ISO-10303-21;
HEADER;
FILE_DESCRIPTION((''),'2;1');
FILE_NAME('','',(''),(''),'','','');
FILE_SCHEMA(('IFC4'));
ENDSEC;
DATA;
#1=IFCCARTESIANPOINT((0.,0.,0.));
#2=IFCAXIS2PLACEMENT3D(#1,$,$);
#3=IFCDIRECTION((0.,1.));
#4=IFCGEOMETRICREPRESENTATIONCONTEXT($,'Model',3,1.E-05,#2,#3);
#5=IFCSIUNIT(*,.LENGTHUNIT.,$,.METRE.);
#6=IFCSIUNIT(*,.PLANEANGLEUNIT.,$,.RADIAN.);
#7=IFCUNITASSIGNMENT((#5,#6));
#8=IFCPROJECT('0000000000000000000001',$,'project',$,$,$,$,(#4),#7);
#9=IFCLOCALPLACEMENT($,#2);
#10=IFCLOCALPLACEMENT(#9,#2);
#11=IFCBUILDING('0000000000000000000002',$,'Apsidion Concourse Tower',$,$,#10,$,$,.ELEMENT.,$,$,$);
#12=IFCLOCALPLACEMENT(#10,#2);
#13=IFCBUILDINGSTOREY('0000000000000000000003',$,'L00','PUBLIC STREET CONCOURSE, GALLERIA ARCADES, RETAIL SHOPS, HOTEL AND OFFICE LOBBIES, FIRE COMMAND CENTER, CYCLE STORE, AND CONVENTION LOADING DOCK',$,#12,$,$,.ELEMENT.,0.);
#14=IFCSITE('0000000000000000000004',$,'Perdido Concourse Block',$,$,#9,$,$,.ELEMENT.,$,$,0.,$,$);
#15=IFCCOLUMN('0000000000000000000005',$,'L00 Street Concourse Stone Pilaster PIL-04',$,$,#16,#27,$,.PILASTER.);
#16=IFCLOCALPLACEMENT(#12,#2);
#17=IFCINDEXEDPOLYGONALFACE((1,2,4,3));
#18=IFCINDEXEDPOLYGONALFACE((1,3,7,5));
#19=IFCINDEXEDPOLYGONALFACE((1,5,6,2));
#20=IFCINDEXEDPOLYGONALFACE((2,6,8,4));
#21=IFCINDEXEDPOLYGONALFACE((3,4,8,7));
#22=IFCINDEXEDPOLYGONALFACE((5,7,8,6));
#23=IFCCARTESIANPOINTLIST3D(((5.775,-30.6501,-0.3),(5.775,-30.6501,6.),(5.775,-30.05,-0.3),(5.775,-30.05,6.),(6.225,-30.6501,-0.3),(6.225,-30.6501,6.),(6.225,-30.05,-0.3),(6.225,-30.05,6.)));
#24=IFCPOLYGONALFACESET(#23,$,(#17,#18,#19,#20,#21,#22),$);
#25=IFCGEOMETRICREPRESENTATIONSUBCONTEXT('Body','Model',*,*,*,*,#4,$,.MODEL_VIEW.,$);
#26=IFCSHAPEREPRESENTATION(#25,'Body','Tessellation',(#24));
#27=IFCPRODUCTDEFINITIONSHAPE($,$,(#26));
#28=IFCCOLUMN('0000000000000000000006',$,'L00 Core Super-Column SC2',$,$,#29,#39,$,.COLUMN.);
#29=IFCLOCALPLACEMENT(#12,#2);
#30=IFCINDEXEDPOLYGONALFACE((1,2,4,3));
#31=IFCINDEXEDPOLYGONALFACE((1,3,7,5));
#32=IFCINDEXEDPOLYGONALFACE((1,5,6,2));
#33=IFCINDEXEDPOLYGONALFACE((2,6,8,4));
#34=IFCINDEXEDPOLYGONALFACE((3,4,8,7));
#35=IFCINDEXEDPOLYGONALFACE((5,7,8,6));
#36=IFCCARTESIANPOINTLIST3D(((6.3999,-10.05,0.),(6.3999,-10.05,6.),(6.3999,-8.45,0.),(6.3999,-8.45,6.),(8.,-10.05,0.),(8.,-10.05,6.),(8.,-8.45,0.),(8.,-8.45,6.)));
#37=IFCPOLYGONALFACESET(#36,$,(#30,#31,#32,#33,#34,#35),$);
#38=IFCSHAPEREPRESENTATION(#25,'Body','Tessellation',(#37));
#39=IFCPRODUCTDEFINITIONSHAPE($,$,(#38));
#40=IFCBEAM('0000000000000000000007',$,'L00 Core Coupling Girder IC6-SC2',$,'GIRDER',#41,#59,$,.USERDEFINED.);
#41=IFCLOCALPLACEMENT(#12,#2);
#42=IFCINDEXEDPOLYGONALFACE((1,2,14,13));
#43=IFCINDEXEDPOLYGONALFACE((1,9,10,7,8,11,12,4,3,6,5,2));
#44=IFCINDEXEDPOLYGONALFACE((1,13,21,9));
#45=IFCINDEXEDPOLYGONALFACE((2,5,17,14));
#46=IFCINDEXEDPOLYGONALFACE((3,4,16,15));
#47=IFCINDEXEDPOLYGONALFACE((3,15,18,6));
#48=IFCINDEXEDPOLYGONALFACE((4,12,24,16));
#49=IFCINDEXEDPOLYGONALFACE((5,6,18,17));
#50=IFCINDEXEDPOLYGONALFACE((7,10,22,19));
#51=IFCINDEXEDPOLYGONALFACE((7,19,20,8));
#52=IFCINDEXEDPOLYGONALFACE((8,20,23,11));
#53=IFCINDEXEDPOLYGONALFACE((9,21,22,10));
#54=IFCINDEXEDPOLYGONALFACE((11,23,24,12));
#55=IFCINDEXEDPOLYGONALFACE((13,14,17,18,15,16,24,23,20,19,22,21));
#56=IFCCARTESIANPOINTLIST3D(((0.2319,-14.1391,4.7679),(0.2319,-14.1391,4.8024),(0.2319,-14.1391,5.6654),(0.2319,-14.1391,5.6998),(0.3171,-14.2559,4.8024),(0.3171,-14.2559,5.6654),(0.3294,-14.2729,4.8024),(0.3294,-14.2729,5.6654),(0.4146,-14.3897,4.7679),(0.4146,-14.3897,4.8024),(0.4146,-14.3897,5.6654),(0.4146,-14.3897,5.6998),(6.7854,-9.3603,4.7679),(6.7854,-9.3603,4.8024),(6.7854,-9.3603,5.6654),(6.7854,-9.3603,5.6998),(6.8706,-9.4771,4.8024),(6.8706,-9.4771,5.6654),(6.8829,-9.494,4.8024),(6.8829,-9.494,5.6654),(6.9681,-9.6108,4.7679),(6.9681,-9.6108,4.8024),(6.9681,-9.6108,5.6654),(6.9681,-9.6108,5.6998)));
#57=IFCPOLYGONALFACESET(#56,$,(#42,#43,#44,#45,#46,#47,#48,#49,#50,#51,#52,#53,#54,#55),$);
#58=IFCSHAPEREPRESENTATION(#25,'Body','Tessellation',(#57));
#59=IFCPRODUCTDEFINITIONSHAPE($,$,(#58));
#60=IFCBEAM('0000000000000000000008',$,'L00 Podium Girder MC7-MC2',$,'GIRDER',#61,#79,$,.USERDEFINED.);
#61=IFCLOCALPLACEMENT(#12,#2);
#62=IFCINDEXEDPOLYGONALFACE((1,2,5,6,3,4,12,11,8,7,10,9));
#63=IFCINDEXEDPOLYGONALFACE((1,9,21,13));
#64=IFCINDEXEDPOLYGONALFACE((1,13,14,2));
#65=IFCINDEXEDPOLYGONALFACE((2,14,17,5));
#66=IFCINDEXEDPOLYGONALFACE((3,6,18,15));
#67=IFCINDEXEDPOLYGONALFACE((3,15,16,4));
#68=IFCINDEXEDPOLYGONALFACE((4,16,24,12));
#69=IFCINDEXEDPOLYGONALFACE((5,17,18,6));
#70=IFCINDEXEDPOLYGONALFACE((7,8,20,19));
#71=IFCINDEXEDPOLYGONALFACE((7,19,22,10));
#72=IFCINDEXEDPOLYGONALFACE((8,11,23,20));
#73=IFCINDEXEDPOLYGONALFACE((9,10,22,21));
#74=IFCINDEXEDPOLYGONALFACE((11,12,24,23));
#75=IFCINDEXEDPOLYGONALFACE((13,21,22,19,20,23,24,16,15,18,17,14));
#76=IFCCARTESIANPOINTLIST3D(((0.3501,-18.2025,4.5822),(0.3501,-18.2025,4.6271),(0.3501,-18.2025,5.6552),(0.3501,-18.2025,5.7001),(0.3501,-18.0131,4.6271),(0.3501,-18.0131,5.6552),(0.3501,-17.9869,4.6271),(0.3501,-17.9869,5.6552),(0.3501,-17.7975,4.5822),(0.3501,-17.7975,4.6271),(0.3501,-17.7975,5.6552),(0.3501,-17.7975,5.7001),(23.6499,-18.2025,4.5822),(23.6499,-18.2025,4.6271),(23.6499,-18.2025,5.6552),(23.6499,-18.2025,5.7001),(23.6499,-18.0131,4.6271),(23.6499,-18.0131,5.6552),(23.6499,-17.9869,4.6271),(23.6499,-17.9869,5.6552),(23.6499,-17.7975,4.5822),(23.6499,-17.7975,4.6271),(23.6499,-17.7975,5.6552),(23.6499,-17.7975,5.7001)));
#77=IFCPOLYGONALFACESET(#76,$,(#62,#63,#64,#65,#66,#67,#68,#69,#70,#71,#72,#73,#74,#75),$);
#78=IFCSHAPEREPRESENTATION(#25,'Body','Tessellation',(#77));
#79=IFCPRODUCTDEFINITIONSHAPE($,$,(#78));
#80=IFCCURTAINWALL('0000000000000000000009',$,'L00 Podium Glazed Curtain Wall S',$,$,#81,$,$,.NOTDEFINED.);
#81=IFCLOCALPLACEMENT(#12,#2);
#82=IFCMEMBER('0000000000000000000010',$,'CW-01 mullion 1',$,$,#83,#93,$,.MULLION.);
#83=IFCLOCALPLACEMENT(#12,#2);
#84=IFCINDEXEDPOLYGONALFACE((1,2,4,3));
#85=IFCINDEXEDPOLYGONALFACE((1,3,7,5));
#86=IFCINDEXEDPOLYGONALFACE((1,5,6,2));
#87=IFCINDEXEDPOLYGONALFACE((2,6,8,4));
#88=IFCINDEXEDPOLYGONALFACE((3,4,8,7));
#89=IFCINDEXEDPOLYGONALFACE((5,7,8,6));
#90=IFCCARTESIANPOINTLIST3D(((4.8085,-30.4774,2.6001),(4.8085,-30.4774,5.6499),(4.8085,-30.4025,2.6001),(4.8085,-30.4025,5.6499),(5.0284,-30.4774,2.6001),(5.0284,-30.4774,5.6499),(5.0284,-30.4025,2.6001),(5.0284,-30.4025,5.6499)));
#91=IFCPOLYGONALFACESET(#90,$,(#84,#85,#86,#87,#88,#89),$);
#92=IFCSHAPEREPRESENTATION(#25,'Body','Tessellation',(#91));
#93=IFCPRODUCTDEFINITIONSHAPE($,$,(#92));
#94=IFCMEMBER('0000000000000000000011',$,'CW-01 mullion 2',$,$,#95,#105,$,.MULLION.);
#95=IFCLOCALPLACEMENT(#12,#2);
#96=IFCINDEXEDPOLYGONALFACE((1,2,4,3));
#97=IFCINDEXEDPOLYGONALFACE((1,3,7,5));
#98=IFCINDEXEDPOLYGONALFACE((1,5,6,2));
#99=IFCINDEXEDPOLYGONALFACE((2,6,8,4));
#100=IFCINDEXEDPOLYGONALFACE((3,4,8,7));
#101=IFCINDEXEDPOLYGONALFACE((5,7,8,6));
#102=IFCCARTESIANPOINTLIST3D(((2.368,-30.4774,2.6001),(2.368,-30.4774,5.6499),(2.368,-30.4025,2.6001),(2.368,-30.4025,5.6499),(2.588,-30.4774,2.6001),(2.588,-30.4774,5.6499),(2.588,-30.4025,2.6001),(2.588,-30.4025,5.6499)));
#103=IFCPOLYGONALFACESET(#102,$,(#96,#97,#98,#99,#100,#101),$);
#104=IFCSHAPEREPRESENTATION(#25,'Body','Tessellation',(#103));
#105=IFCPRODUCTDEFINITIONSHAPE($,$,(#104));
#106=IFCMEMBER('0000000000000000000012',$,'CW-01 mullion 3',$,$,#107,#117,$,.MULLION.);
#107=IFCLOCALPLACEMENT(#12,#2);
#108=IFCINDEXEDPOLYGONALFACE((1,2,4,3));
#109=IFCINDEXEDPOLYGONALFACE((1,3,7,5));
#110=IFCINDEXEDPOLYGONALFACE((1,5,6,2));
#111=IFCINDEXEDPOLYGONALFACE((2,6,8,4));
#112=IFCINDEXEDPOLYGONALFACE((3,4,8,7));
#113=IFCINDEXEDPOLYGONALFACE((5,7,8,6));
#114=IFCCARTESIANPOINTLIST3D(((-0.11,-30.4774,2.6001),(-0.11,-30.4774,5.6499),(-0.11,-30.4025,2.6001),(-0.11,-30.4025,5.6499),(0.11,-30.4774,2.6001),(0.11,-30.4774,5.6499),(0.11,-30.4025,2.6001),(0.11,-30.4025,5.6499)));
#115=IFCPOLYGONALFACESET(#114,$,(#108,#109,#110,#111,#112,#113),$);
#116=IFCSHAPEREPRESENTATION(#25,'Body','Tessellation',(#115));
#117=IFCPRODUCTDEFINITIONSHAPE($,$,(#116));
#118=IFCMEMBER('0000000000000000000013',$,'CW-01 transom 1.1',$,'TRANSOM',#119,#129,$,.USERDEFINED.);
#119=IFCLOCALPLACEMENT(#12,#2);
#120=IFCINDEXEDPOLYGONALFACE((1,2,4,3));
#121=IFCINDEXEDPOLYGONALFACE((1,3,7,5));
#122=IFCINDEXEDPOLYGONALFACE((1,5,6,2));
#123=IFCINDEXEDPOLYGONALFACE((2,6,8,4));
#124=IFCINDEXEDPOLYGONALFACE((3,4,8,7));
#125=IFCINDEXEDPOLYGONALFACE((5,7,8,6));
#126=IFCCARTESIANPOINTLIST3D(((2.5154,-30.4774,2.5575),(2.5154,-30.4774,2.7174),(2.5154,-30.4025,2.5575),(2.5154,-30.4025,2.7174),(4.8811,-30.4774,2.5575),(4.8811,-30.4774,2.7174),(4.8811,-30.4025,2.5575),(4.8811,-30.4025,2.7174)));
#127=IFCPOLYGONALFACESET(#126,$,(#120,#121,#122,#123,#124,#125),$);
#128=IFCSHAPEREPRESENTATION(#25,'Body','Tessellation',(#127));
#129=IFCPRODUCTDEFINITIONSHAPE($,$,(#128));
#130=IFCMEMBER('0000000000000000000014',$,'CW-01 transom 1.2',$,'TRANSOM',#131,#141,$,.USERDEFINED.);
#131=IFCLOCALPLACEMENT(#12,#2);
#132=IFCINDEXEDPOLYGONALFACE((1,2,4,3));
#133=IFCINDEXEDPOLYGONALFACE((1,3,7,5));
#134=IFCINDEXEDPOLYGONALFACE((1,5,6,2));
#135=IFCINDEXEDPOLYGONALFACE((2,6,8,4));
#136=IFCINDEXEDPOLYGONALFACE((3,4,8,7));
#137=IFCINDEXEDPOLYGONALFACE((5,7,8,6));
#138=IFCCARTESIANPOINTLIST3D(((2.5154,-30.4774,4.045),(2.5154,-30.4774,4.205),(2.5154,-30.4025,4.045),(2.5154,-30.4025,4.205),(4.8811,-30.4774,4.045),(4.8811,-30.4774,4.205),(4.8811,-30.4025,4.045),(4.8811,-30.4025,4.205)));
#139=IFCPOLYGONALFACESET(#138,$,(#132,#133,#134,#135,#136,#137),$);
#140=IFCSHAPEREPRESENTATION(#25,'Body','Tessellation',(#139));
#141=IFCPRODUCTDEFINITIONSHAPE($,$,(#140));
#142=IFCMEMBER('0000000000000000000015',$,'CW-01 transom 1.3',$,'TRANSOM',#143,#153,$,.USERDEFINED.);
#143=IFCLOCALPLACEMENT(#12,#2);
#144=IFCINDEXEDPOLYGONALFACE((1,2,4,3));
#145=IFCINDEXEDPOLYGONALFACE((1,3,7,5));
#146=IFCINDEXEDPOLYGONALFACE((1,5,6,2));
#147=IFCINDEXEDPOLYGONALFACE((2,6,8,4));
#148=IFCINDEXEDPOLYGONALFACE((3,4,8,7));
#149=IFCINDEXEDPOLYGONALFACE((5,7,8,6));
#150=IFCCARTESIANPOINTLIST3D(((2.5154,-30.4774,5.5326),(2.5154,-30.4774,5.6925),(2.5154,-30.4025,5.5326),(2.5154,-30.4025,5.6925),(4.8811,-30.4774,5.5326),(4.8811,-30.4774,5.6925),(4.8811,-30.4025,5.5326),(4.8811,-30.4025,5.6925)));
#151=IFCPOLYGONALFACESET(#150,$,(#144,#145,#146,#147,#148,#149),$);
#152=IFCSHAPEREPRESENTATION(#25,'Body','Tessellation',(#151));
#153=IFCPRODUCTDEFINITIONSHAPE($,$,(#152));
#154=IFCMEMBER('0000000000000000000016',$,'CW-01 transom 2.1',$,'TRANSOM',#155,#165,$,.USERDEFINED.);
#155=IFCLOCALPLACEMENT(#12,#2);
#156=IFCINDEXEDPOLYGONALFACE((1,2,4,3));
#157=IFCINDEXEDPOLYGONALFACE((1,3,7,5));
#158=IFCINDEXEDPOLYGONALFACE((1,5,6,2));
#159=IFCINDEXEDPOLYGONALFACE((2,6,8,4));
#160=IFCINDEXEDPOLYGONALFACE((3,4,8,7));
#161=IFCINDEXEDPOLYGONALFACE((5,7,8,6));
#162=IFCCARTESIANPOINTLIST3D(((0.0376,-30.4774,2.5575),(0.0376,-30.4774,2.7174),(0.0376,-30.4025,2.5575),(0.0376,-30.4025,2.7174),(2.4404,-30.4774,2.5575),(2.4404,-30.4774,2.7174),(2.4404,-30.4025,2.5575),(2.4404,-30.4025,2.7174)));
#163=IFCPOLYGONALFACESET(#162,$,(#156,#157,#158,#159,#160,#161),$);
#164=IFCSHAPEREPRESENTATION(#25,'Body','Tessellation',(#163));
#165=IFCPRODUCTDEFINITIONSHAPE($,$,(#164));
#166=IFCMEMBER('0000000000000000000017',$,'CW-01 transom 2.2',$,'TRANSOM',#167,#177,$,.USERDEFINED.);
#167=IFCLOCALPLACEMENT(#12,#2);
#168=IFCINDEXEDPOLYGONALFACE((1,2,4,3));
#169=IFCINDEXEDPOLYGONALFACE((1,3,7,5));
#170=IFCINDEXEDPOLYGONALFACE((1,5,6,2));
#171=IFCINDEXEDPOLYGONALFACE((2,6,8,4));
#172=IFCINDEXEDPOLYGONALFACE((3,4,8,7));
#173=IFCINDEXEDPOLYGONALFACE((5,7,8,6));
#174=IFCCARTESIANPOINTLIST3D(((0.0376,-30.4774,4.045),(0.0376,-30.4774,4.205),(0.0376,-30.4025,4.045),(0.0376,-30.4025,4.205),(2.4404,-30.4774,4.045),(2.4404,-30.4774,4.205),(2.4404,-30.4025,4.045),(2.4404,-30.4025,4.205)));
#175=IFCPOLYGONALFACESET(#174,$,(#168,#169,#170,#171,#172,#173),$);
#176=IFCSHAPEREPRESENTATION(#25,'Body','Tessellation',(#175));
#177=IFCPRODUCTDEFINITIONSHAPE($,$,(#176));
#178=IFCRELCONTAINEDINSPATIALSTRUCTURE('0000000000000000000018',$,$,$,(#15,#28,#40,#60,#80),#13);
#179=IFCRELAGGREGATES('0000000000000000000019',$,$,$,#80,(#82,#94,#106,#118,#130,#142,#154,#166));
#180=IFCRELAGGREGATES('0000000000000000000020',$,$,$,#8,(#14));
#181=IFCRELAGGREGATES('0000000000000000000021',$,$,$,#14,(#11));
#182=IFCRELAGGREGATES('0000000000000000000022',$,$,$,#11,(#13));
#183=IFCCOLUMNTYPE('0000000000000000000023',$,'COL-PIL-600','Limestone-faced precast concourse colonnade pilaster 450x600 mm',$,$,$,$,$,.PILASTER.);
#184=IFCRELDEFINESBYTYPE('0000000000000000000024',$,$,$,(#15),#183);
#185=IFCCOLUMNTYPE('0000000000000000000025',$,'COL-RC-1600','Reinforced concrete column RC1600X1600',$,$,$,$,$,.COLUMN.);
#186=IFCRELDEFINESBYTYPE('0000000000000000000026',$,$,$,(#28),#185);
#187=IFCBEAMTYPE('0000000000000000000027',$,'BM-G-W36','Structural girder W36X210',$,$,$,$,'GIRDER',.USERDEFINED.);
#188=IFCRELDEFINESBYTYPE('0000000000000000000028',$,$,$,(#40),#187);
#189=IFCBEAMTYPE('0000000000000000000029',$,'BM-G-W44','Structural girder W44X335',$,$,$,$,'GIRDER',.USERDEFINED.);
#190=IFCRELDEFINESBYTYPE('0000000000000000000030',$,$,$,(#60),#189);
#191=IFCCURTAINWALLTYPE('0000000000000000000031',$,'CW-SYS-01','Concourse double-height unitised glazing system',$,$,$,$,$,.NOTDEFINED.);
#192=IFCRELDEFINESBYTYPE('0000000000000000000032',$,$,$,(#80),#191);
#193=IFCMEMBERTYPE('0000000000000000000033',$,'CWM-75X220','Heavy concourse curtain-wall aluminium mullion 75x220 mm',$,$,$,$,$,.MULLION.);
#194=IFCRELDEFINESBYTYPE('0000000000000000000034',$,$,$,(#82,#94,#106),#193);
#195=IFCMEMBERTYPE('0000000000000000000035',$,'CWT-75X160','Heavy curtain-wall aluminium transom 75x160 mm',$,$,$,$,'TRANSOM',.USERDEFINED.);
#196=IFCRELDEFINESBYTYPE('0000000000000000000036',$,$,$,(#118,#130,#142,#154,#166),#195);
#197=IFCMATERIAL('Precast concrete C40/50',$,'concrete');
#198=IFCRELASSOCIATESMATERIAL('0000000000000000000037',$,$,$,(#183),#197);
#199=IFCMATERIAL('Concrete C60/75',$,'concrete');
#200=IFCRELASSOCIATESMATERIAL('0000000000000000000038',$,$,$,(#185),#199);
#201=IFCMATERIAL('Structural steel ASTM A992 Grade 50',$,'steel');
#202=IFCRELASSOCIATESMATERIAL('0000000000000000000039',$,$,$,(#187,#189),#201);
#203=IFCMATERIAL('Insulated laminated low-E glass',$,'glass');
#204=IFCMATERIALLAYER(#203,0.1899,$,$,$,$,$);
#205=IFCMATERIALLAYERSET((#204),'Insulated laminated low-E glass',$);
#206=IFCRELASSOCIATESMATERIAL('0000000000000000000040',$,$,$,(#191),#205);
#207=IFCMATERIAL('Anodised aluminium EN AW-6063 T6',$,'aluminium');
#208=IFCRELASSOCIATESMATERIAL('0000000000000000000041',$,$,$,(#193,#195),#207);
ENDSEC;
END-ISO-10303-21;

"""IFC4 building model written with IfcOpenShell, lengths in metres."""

from ifc_helpers import new_model, si_unit, direction, frame, origin, origin_2d, place, context, subcontext, project, spatial, rectangle, i_section, extrude, material, layer, layer_set, material_profile, profile_set, type_object, element, aggregate, save


model = new_model("IFC4")

# Units and contexts
model_context = context("Model", 3, precision=1e-05, world=origin(), true_north=direction((0.0, 1.0)))
body_context = subcontext(model_context, "Body", "Model", "MODEL_VIEW")
ifc_project = project(units=[si_unit("LENGTHUNIT", "METRE"), si_unit("PLANEANGLEUNIT", "RADIAN")], contexts=[model_context])

# Site, building, storey
site_placement = place(None, origin())
site = spatial("IfcSite", under=ifc_project, at=site_placement, Name="Perdido Concourse Block", CompositionType="ELEMENT", RefElevation=0.0)
building_placement = place(site_placement, origin())
building = spatial("IfcBuilding", under=site, at=building_placement, Name="Apsidion Concourse Tower", CompositionType="ELEMENT")
storey_placement = place(building_placement, origin())
storey = spatial("IfcBuildingStorey", under=building, at=storey_placement, Name="L00", Description="PUBLIC STREET CONCOURSE, GALLERIA ARCADES, RETAIL SHOPS, HOTEL AND OFFICE LOBBIES, FIRE COMMAND CENTER, CYCLE STORE, AND CONVENTION LOADING DOCK", CompositionType="ELEMENT", Elevation=0.0)

# Columns
ifc_material_1 = material(Name="Precast concrete C40/50", Category="concrete")
ifc_material_profile_1 = material_profile(ifc_material_1, rectangle(XDim=0.45, YDim=0.6001, at=origin_2d()), Name="RC 600x450")
ifc_profile_set_1 = profile_set([ifc_material_profile_1], Name="Precast concrete C40/50")
column_type_1 = type_object("IfcColumnType", Name="COL-PIL-600", Description="Limestone-faced precast concourse colonnade pilaster 450x600 mm", PredefinedType="PILASTER", material=ifc_profile_set_1)
column_1_placement = place(storey_placement, frame((6.0, -30.3501, -0.3), z_axis=(0.0, 0.0, 1.0), x_axis=(1.0, 0.0, 0.0)))
element("IfcColumn", 1, at=column_1_placement, inside=storey, type_object=column_type_1, Name="L00 Street Concourse Stone Pilaster PIL-04", PredefinedType="PILASTER", context=body_context, shape_type="SweptSolid", body=[
    extrude(rectangle(XDim=0.45, YDim=0.6001, at=origin_2d()), origin(), (0.0, 0.0, 1.0), 6.3),
])
ifc_material_2 = material(Name="Concrete C60/75", Category="concrete")
ifc_material_profile_2 = material_profile(ifc_material_2, rectangle(XDim=1.6001, YDim=1.6001, at=origin_2d()), Name="RC 1600x1600")
ifc_profile_set_2 = profile_set([ifc_material_profile_2], Name="Concrete C60/75")
column_type_2 = type_object("IfcColumnType", Name="COL-RC-1600", Description="Reinforced concrete column RC1600X1600", PredefinedType="COLUMN", material=ifc_profile_set_2)
column_2_placement = place(storey_placement, frame((7.2, -9.25, 0.0), z_axis=(0.0, 0.0, 1.0), x_axis=(1.0, 0.0, 0.0)))
element("IfcColumn", 2, at=column_2_placement, inside=storey, type_object=column_type_2, Name="L00 Core Super-Column SC2", PredefinedType="COLUMN", context=body_context, shape_type="SweptSolid", body=[
    extrude(rectangle(XDim=1.6001, YDim=1.6001, at=origin_2d()), origin(), (0.0, 0.0, 1.0), 6.0),
])

# Beams
ifc_material_3 = material(Name="Structural steel ASTM A992 Grade 50", Category="steel")
ifc_material_profile_3 = material_profile(ifc_material_3, i_section(OverallWidth=0.3101, OverallDepth=0.9319, WebThickness=0.021, FlangeThickness=0.0344, at=origin_2d()), Name="W36X210")
ifc_profile_set_3 = profile_set([ifc_material_profile_3], Name="Structural steel ASTM A992 Grade 50")
beam_type_1 = type_object("IfcBeamType", Name="BM-G-W36", Description="Structural girder W36X210", ElementType="GIRDER", PredefinedType="USERDEFINED", material=ifc_profile_set_3)
beam_1_placement = place(storey_placement, frame((0.3232, -14.2644, 5.2339), z_axis=(0.807993, 0.589191, 0.0), x_axis=(-0.589191, 0.807993, 0.0)))
element("IfcBeam", 3, at=beam_1_placement, inside=storey, type_object=beam_type_1, Name="L00 Core Coupling Girder IC6-SC2", ObjectType="GIRDER", PredefinedType="USERDEFINED", context=body_context, shape_type="SweptSolid", body=[
    extrude(i_section(OverallWidth=0.3101, OverallDepth=0.9319, WebThickness=0.021, FlangeThickness=0.0344, at=origin_2d()), origin(), (0.0, 0.0, 1.0), 8.1108),
])
ifc_material_profile_4 = material_profile(ifc_material_3, i_section(OverallWidth=0.405, OverallDepth=1.1179, WebThickness=0.0261, FlangeThickness=0.0449, at=origin_2d()), Name="W44X335")
ifc_profile_set_4 = profile_set([ifc_material_profile_4], Name="Structural steel ASTM A992 Grade 50")
beam_type_2 = type_object("IfcBeamType", Name="BM-G-W44", Description="Structural girder W44X335", ElementType="GIRDER", PredefinedType="USERDEFINED", material=ifc_profile_set_4)
beam_2_placement = place(storey_placement, frame((0.3501, -18.0, 5.1411), z_axis=(1.0, 0.0, 0.0), x_axis=(0.0, 1.0, 0.0)))
element("IfcBeam", 4, at=beam_2_placement, inside=storey, type_object=beam_type_2, Name="L00 Podium Girder MC7-MC2", ObjectType="GIRDER", PredefinedType="USERDEFINED", context=body_context, shape_type="SweptSolid", body=[
    extrude(i_section(OverallWidth=0.405, OverallDepth=1.1179, WebThickness=0.0261, FlangeThickness=0.0449, at=origin_2d()), origin(), (0.0, 0.0, 1.0), 23.2998),
])

# Curtain wall, members
ifc_material_4 = material(Name="Insulated laminated low-E glass", Category="glass")
ifc_layer_1 = layer(ifc_material_4, 0.1899)
ifc_layer_set_1 = layer_set([ifc_layer_1], Name="Insulated laminated low-E glass")
curtain_wall_type = type_object("IfcCurtainWallType", Name="CW-SYS-01", Description="Concourse double-height unitised glazing system", PredefinedType="NOTDEFINED", material=ifc_layer_set_1)
curtain_wall_placement = place(storey_placement, origin())
curtain_wall = element("IfcCurtainWall", 5, at=curtain_wall_placement, inside=storey, type_object=curtain_wall_type, Name="L00 Podium Glazed Curtain Wall S", PredefinedType="NOTDEFINED")
ifc_material_5 = material(Name="Anodised aluminium EN AW-6063 T6", Category="aluminium")
ifc_material_profile_5 = material_profile(ifc_material_5, rectangle(XDim=0.075, YDim=0.22, at=origin_2d()), Name="ALU MULLION 75x220")
ifc_profile_set_5 = profile_set([ifc_material_profile_5], Name="Anodised aluminium EN AW-6063 T6")
member_type_1 = type_object("IfcMemberType", Name="CWM-75X220", Description="Heavy concourse curtain-wall aluminium mullion 75x220 mm", PredefinedType="MULLION", material=ifc_profile_set_5)
member_1_placement = place(storey_placement, frame((4.9185, -30.4399, 2.6001), z_axis=(0.0, 0.0, 1.0), x_axis=(0.0, -1.0, 0.0)))
member_1 = element("IfcMember", 6, at=member_1_placement, type_object=member_type_1, Name="CW-01 mullion 1", PredefinedType="MULLION", context=body_context, shape_type="SweptSolid", body=[
    extrude(rectangle(XDim=0.075, YDim=0.22, at=origin_2d()), origin(), (0.0, 0.0, 1.0), 3.0498),
])
member_2_placement = place(storey_placement, frame((2.478, -30.4399, 2.6001), z_axis=(0.0, 0.0, 1.0), x_axis=(0.0, -1.0, 0.0)))
member_2 = element("IfcMember", 7, at=member_2_placement, type_object=member_type_1, Name="CW-01 mullion 2", PredefinedType="MULLION", context=body_context, shape_type="SweptSolid", body=[
    extrude(rectangle(XDim=0.075, YDim=0.22, at=origin_2d()), origin(), (0.0, 0.0, 1.0), 3.0498),
])
member_3_placement = place(storey_placement, frame((0.0, -30.4399, 2.6001), z_axis=(0.0, 0.0, 1.0), x_axis=(0.0, -1.0, 0.0)))
member_3 = element("IfcMember", 8, at=member_3_placement, type_object=member_type_1, Name="CW-01 mullion 3", PredefinedType="MULLION", context=body_context, shape_type="SweptSolid", body=[
    extrude(rectangle(XDim=0.075, YDim=0.22, at=origin_2d()), origin(), (0.0, 0.0, 1.0), 3.0498),
])
ifc_material_profile_6 = material_profile(ifc_material_5, rectangle(XDim=0.075, YDim=0.1599, at=origin_2d()), Name="ALU TRANSOM 75x160")
ifc_profile_set_6 = profile_set([ifc_material_profile_6], Name="Anodised aluminium EN AW-6063 T6")
member_type_2 = type_object("IfcMemberType", Name="CWT-75X160", Description="Heavy curtain-wall aluminium transom 75x160 mm", ElementType="TRANSOM", PredefinedType="USERDEFINED", material=ifc_profile_set_6)
member_4_placement = place(storey_placement, frame((4.8811, -30.4399, 2.6375), z_axis=(-1.0, 0.0, 0.0), x_axis=(0.0, -1.0, 0.0)))
member_4 = element("IfcMember", 9, at=member_4_placement, type_object=member_type_2, Name="CW-01 transom 1.1", ObjectType="TRANSOM", PredefinedType="USERDEFINED", context=body_context, shape_type="SweptSolid", body=[
    extrude(rectangle(XDim=0.075, YDim=0.1599, at=origin_2d()), origin(), (0.0, 0.0, 1.0), 2.3657),
])
member_5_placement = place(storey_placement, frame((4.8811, -30.4399, 4.125), z_axis=(-1.0, 0.0, 0.0), x_axis=(0.0, -1.0, 0.0)))
member_5 = element("IfcMember", 10, at=member_5_placement, type_object=member_type_2, Name="CW-01 transom 1.2", ObjectType="TRANSOM", PredefinedType="USERDEFINED", context=body_context, shape_type="SweptSolid", body=[
    extrude(rectangle(XDim=0.075, YDim=0.1599, at=origin_2d()), origin(), (0.0, 0.0, 1.0), 2.3657),
])
member_6_placement = place(storey_placement, frame((4.8811, -30.4399, 5.6125), z_axis=(-1.0, 0.0, 0.0), x_axis=(0.0, -1.0, 0.0)))
member_6 = element("IfcMember", 11, at=member_6_placement, type_object=member_type_2, Name="CW-01 transom 1.3", ObjectType="TRANSOM", PredefinedType="USERDEFINED", context=body_context, shape_type="SweptSolid", body=[
    extrude(rectangle(XDim=0.075, YDim=0.1599, at=origin_2d()), origin(), (0.0, 0.0, 1.0), 2.3657),
])
member_7_placement = place(storey_placement, frame((2.4404, -30.4399, 2.6375), z_axis=(-1.0, 0.0, 0.0), x_axis=(0.0, -1.0, 0.0)))
member_7 = element("IfcMember", 12, at=member_7_placement, type_object=member_type_2, Name="CW-01 transom 2.1", ObjectType="TRANSOM", PredefinedType="USERDEFINED", context=body_context, shape_type="SweptSolid", body=[
    extrude(rectangle(XDim=0.075, YDim=0.1599, at=origin_2d()), origin(), (0.0, 0.0, 1.0), 2.4028),
])
member_8_placement = place(storey_placement, frame((2.4404, -30.4399, 4.125), z_axis=(-1.0, 0.0, 0.0), x_axis=(0.0, -1.0, 0.0)))
member_8 = element("IfcMember", 13, at=member_8_placement, type_object=member_type_2, Name="CW-01 transom 2.2", ObjectType="TRANSOM", PredefinedType="USERDEFINED", context=body_context, shape_type="SweptSolid", body=[
    extrude(rectangle(XDim=0.075, YDim=0.1599, at=origin_2d()), origin(), (0.0, 0.0, 1.0), 2.4028),
])
aggregate(curtain_wall, [member_1, member_2, member_3, member_4, member_5, member_6, member_7, member_8])

save(model, "model.ifc")
